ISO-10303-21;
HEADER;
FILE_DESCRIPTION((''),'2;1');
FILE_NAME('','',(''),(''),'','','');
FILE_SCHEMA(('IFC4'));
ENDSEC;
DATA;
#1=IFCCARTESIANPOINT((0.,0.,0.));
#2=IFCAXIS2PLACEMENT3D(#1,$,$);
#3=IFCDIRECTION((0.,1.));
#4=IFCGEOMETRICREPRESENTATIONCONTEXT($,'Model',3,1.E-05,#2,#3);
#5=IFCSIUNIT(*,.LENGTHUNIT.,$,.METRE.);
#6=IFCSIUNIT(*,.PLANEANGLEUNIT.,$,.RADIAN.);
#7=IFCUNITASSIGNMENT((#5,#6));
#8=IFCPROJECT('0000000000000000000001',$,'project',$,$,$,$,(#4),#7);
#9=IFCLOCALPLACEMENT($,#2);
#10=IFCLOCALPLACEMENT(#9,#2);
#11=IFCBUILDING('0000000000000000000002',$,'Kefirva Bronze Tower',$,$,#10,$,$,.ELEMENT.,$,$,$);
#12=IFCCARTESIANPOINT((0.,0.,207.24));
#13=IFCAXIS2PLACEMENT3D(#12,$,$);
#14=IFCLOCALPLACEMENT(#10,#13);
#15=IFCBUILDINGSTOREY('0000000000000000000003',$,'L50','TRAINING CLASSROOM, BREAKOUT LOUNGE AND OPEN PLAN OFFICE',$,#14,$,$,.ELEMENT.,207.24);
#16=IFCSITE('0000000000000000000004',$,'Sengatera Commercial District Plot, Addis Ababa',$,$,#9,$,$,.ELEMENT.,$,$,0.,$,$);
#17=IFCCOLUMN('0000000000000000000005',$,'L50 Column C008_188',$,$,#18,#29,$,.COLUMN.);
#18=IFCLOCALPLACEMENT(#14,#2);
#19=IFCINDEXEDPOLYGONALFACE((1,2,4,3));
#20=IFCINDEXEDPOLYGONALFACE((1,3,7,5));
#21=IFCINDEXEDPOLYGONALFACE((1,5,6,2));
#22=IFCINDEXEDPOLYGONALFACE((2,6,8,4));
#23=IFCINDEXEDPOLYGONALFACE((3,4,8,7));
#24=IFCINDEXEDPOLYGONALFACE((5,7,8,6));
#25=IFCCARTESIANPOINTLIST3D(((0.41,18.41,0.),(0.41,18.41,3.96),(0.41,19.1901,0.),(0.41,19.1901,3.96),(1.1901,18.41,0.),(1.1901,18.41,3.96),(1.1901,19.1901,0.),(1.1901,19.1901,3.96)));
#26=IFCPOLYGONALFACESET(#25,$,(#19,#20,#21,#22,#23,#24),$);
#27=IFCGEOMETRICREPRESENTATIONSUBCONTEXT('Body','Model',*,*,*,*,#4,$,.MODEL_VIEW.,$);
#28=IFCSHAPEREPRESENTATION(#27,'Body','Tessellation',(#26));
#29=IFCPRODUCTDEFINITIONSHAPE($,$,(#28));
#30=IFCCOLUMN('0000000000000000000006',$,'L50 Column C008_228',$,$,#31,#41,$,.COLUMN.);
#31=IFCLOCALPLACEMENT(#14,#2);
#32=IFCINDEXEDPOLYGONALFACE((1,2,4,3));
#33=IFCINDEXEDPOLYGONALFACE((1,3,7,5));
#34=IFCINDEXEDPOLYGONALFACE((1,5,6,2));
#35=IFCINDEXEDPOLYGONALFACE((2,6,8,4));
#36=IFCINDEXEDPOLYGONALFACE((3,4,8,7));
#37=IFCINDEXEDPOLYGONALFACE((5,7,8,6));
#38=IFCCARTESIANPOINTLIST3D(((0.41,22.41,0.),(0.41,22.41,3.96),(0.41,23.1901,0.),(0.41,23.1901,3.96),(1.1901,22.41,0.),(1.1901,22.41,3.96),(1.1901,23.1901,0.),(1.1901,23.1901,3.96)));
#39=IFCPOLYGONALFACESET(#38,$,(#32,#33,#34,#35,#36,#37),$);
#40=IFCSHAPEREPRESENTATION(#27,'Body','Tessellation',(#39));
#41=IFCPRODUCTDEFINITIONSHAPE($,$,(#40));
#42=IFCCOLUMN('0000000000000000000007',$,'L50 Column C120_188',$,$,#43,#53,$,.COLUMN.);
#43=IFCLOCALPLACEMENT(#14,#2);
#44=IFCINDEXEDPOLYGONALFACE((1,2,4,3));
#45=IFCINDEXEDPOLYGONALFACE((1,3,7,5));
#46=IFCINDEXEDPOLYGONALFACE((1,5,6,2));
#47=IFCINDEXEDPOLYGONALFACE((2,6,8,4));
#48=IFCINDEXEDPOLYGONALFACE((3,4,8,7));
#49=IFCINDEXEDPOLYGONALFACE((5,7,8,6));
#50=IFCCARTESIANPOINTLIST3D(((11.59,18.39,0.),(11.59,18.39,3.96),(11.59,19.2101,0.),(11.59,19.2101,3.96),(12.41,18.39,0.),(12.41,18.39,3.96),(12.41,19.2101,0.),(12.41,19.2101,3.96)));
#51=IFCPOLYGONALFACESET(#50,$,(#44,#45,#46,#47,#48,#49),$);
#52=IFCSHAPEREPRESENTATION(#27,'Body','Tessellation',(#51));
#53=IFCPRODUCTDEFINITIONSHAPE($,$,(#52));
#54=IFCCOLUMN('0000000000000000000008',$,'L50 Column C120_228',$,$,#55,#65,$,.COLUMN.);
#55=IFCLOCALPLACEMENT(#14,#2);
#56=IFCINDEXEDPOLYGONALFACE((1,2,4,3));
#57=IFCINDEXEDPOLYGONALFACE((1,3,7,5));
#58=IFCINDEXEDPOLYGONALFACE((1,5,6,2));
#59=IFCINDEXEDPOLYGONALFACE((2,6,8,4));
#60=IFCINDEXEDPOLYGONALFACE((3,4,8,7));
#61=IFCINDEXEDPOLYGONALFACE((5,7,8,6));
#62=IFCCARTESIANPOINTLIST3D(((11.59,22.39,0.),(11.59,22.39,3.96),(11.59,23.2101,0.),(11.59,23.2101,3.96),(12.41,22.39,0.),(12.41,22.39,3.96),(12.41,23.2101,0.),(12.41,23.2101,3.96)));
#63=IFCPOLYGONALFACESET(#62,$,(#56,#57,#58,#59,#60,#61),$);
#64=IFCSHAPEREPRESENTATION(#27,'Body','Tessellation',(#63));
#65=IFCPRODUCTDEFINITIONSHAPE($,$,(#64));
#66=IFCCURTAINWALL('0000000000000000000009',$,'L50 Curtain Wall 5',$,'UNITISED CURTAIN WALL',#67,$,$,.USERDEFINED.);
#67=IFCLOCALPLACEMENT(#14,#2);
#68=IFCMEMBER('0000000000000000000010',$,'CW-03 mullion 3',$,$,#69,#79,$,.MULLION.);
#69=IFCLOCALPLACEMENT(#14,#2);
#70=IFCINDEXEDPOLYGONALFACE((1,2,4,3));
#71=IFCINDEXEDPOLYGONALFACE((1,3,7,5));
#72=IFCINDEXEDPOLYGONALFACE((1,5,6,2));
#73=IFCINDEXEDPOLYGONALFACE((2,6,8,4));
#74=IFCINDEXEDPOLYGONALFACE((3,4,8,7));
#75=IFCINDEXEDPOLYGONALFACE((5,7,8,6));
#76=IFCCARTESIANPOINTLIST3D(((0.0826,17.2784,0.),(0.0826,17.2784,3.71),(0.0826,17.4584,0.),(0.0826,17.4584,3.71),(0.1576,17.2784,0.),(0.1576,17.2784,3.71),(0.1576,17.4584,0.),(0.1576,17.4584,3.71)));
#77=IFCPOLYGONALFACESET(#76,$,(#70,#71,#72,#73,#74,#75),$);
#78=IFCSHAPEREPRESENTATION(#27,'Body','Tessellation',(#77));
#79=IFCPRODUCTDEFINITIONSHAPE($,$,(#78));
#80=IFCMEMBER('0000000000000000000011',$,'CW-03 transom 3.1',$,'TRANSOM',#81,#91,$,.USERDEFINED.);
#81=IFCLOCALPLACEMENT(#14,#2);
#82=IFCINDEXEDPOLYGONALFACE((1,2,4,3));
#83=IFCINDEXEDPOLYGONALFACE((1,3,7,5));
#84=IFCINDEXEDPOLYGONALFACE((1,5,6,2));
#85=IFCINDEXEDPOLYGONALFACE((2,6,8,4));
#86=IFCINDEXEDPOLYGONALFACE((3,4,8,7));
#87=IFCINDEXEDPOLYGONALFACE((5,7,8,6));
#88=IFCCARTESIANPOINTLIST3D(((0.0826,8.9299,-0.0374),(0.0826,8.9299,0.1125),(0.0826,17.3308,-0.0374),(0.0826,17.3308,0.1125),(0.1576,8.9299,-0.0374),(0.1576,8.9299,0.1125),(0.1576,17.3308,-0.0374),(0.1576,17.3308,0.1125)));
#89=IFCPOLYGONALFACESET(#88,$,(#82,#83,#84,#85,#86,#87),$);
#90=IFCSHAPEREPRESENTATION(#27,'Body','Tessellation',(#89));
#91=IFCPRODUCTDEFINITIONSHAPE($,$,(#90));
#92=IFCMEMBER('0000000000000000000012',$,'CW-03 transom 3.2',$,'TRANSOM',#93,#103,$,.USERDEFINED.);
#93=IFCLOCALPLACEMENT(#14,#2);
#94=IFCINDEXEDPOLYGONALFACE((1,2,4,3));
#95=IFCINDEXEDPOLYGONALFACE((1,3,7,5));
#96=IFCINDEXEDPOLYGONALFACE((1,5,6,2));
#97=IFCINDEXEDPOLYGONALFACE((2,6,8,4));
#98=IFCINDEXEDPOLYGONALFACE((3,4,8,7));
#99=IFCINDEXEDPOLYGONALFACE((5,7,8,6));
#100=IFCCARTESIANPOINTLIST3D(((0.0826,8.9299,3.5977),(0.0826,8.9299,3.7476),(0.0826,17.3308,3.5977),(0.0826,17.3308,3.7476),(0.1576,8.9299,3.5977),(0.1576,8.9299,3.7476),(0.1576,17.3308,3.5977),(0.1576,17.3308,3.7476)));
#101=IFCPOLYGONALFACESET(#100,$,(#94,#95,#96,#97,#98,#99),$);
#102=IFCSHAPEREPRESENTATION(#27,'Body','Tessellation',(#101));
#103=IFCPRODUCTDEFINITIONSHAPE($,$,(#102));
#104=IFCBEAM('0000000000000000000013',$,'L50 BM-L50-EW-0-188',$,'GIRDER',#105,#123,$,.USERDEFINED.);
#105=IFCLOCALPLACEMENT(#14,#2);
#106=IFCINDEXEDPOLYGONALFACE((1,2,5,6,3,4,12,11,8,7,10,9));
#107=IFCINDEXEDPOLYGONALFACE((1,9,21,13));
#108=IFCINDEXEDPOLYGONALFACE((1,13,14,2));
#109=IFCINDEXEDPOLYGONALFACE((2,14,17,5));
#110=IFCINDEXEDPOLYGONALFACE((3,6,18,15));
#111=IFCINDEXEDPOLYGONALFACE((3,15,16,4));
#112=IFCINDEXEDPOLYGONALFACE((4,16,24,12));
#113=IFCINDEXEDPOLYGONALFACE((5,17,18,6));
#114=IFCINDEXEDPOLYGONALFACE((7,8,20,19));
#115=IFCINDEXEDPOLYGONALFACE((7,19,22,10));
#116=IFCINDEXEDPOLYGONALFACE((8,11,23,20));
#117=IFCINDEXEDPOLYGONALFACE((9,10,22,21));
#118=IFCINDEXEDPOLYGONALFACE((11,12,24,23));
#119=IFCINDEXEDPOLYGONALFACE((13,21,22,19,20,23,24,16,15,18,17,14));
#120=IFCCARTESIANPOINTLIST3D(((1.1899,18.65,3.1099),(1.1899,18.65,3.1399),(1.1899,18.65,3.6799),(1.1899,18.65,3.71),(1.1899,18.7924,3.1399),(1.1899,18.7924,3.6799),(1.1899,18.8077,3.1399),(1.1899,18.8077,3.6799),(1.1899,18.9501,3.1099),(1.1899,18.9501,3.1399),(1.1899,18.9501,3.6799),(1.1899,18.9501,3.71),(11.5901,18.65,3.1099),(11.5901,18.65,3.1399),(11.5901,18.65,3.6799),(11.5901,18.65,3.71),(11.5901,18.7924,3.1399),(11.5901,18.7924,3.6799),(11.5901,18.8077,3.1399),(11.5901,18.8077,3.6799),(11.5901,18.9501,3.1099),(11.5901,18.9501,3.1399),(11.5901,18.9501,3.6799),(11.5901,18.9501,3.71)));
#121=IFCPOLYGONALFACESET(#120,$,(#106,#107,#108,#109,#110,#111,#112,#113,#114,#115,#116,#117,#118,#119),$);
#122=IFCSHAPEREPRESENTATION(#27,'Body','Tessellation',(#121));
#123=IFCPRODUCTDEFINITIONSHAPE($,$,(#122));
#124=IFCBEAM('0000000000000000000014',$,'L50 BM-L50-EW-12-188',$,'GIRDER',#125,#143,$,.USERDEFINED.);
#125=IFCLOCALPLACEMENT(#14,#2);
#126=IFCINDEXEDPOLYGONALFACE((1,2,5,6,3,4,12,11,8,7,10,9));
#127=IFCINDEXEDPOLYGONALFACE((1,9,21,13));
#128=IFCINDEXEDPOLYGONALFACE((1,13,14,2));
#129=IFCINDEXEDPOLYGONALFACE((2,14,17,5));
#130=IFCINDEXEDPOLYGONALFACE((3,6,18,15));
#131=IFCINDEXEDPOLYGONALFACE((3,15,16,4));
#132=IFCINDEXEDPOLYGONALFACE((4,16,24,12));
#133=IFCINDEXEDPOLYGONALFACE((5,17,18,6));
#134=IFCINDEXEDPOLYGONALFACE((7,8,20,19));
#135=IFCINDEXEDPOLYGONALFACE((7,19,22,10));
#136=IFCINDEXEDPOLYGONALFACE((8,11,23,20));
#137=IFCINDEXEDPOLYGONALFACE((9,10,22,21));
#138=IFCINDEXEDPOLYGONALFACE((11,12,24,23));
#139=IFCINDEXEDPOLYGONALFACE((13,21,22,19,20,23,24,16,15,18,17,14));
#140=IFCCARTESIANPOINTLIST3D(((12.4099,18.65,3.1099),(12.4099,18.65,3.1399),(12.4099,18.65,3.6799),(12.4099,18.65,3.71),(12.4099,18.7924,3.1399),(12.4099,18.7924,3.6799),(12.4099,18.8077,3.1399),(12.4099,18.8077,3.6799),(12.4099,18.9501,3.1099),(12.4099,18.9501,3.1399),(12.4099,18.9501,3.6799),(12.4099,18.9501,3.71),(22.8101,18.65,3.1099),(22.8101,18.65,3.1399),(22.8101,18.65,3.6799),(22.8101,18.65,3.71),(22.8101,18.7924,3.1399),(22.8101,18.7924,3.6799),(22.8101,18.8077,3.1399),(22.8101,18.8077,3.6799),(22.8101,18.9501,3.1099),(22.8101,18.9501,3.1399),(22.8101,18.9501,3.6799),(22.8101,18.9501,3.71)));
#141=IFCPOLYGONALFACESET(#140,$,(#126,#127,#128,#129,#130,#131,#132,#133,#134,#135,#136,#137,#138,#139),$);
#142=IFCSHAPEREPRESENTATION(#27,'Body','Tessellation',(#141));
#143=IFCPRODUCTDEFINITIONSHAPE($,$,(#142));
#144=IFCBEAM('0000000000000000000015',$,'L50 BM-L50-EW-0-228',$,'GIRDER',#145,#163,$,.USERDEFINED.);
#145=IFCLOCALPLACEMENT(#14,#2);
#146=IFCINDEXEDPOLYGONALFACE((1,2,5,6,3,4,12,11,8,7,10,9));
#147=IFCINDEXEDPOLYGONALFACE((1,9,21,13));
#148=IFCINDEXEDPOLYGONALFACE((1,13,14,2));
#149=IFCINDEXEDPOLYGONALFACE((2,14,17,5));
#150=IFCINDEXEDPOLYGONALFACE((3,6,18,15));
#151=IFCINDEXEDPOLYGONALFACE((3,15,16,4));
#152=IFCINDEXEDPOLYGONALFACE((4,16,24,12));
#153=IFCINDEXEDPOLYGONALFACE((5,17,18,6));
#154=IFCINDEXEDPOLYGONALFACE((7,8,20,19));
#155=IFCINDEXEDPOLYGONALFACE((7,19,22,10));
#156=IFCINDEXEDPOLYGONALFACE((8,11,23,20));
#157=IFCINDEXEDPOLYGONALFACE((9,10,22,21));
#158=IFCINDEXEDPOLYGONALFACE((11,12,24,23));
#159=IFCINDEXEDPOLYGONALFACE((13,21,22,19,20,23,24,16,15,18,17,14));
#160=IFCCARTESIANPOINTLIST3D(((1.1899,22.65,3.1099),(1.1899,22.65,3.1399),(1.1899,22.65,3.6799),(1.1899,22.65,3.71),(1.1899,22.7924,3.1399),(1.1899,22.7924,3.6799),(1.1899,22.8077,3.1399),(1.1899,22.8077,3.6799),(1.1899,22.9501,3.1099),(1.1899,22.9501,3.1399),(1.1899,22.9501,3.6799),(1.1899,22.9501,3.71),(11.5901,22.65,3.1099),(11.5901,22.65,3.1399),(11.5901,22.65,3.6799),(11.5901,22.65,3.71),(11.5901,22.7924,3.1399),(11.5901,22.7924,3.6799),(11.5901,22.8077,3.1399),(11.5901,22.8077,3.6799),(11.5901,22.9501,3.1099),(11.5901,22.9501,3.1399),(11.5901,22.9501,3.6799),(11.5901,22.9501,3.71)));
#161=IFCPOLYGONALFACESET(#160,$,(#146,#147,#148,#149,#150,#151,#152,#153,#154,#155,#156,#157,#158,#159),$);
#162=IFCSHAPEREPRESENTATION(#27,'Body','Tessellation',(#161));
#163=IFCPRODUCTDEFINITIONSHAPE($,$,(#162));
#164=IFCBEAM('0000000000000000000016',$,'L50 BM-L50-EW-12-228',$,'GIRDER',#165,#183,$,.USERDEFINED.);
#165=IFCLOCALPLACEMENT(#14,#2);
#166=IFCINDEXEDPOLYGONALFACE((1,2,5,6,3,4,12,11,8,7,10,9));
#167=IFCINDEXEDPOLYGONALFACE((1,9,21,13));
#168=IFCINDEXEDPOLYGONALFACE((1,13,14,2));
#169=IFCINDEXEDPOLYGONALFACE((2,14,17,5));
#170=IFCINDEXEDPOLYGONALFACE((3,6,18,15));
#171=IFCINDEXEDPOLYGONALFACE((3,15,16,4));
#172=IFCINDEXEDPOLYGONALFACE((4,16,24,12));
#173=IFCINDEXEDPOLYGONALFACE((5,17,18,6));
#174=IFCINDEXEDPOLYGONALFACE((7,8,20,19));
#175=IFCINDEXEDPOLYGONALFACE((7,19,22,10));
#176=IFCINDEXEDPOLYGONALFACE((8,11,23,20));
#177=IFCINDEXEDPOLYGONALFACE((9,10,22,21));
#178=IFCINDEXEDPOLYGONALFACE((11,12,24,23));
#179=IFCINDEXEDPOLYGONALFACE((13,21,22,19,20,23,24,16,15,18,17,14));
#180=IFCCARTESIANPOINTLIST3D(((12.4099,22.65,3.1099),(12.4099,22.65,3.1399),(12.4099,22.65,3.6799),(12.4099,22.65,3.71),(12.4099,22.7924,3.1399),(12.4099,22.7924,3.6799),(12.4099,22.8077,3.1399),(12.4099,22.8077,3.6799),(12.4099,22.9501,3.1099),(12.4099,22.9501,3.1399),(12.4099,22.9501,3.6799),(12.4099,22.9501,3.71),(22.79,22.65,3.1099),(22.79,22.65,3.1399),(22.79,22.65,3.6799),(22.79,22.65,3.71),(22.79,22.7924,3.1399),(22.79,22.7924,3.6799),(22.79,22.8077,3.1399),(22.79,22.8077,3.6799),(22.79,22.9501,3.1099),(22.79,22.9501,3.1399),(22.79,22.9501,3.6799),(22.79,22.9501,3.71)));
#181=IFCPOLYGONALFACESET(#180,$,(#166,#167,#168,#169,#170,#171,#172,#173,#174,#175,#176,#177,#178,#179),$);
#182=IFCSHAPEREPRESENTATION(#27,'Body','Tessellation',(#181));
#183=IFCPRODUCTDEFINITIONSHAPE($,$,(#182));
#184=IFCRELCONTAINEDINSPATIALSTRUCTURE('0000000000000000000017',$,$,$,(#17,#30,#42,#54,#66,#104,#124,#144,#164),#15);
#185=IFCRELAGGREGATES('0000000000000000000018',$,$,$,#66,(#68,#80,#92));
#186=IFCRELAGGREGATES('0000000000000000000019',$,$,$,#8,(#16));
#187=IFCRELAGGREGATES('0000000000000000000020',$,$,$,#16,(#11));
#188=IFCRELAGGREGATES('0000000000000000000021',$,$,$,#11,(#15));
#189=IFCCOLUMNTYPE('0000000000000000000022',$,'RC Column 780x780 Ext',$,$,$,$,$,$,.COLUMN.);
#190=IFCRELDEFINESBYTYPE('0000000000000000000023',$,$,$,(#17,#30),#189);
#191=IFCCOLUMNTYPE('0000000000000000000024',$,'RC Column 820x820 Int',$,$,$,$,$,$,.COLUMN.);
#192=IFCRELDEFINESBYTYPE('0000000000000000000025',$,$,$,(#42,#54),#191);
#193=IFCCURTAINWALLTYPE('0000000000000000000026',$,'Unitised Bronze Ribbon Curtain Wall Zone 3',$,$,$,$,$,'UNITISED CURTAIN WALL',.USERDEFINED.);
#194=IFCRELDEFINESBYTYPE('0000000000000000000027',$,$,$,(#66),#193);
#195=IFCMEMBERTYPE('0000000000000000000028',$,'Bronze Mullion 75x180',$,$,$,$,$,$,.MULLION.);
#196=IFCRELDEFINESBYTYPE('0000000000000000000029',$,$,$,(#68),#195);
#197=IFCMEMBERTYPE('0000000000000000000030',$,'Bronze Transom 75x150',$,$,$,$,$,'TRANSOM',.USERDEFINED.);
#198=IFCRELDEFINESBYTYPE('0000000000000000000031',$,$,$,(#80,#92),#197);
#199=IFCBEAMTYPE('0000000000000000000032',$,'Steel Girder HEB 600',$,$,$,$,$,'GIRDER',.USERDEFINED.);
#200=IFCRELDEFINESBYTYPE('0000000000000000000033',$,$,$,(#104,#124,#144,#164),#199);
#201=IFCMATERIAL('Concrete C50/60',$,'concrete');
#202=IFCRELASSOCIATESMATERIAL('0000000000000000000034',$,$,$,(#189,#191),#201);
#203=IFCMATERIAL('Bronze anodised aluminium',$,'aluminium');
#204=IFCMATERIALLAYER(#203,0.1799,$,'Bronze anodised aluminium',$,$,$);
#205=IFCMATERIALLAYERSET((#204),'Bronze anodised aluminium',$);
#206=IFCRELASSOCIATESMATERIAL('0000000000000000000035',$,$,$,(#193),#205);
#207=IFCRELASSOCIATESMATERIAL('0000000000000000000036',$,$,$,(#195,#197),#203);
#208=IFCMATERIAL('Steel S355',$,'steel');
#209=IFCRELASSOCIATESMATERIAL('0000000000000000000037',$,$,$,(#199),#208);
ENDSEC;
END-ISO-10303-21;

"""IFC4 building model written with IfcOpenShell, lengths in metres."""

from ifc_helpers import new_model, si_unit, direction, frame, origin, origin_2d, place, context, subcontext, project, spatial, rectangle, i_section, extrude, material, layer, layer_set, material_profile, profile_set, type_object, element, aggregate, save


model = new_model("IFC4")

# Units and contexts
model_context = context("Model", 3, precision=1e-05, world=origin(), true_north=direction((0.0, 1.0)))
body_context = subcontext(model_context, "Body", "Model", "MODEL_VIEW")
ifc_project = project(units=[si_unit("LENGTHUNIT", "METRE"), si_unit("PLANEANGLEUNIT", "RADIAN")], contexts=[model_context])

# Site, building, storey
site_placement = place(None, origin())
site = spatial("IfcSite", under=ifc_project, at=site_placement, Name="Sengatera Commercial District Plot, Addis Ababa", CompositionType="ELEMENT", RefElevation=0.0)
building_placement = place(site_placement, origin())
building = spatial("IfcBuilding", under=site, at=building_placement, Name="Kefirva Bronze Tower", CompositionType="ELEMENT")
storey_placement = place(building_placement, frame((0.0, 0.0, 207.24)))
storey = spatial("IfcBuildingStorey", under=building, at=storey_placement, Name="L50", Description="TRAINING CLASSROOM, BREAKOUT LOUNGE AND OPEN PLAN OFFICE", CompositionType="ELEMENT", Elevation=207.24)

# Columns
ifc_material_1 = material(Name="Concrete C50/60", Category="concrete")
ifc_material_profile_1 = material_profile(ifc_material_1, rectangle(XDim=0.78, YDim=0.78, at=origin_2d()), Name="RC 780x780")
ifc_profile_set_1 = profile_set([ifc_material_profile_1], Name="Concrete C50/60")
column_type_1 = type_object("IfcColumnType", Name="RC Column 780x780 Ext", PredefinedType="COLUMN", material=ifc_profile_set_1)
for number, where, z_axis, x_axis, name in (
    (1, (0.8, 18.8, 0.0), (0.0, 0.0, 1.0), (1.0, 0.0, 0.0), "L50 Column C008_188"),
    (2, (0.8, 22.8, 0.0), (0.0, 0.0, 1.0), (1.0, 0.0, 0.0), "L50 Column C008_228"),
):
    element("IfcColumn", number, at=place(storey_placement, frame(where, z_axis=z_axis, x_axis=x_axis)), inside=storey, type_object=column_type_1, Name=name, PredefinedType="COLUMN", context=body_context, shape_type="SweptSolid", body=[
        extrude(rectangle(XDim=0.78, YDim=0.78, at=origin_2d()), origin(), (0.0, 0.0, 1.0), 3.96),
    ])
ifc_material_profile_2 = material_profile(ifc_material_1, rectangle(XDim=0.8201, YDim=0.8201, at=origin_2d()), Name="RC 820x820")
ifc_profile_set_2 = profile_set([ifc_material_profile_2], Name="Concrete C50/60")
column_type_2 = type_object("IfcColumnType", Name="RC Column 820x820 Int", PredefinedType="COLUMN", material=ifc_profile_set_2)
for number, where, z_axis, x_axis, name in (
    (3, (12.0, 18.8, 0.0), (0.0, 0.0, 1.0), (1.0, 0.0, 0.0), "L50 Column C120_188"),
    (4, (12.0, 22.8, 0.0), (0.0, 0.0, 1.0), (1.0, 0.0, 0.0), "L50 Column C120_228"),
):
    element("IfcColumn", number, at=place(storey_placement, frame(where, z_axis=z_axis, x_axis=x_axis)), inside=storey, type_object=column_type_2, Name=name, PredefinedType="COLUMN", context=body_context, shape_type="SweptSolid", body=[
        extrude(rectangle(XDim=0.8201, YDim=0.8201, at=origin_2d()), origin(), (0.0, 0.0, 1.0), 3.96),
    ])

# Curtain wall, members
ifc_material_2 = material(Name="Bronze anodised aluminium", Category="aluminium")
ifc_layer_1 = layer(ifc_material_2, 0.1799, Name="Bronze anodised aluminium")
ifc_layer_set_1 = layer_set([ifc_layer_1], Name="Bronze anodised aluminium")
curtain_wall_type = type_object("IfcCurtainWallType", Name="Unitised Bronze Ribbon Curtain Wall Zone 3", ElementType="UNITISED CURTAIN WALL", PredefinedType="USERDEFINED", material=ifc_layer_set_1)
curtain_wall_placement = place(storey_placement, origin())
curtain_wall = element("IfcCurtainWall", 5, at=curtain_wall_placement, inside=storey, type_object=curtain_wall_type, Name="L50 Curtain Wall 5", ObjectType="UNITISED CURTAIN WALL", PredefinedType="USERDEFINED")
ifc_material_profile_3 = material_profile(ifc_material_2, rectangle(XDim=0.075, YDim=0.1799, at=origin_2d()), Name="ALU 75x180")
ifc_profile_set_3 = profile_set([ifc_material_profile_3], Name="Bronze anodised aluminium")
member_type_1 = type_object("IfcMemberType", Name="Bronze Mullion 75x180", PredefinedType="MULLION", material=ifc_profile_set_3)
member_1_placement = place(storey_placement, frame((0.1201, 17.3684, 0.0), z_axis=(0.0, 0.0, 1.0), x_axis=(1.0, 0.0, 0.0)))
member_1 = element("IfcMember", 6, at=member_1_placement, type_object=member_type_1, Name="CW-03 mullion 3", PredefinedType="MULLION", context=body_context, shape_type="SweptSolid", body=[
    extrude(rectangle(XDim=0.075, YDim=0.1799, at=origin_2d()), origin(), (0.0, 0.0, 1.0), 3.71),
])
ifc_material_profile_4 = material_profile(ifc_material_2, rectangle(XDim=0.075, YDim=0.1499, at=origin_2d()), Name="ALU 75x150")
ifc_profile_set_4 = profile_set([ifc_material_profile_4], Name="Bronze anodised aluminium")
member_type_2 = type_object("IfcMemberType", Name="Bronze Transom 75x150", ElementType="TRANSOM", PredefinedType="USERDEFINED", material=ifc_profile_set_4)
member_2_placement = place(storey_placement, frame((0.1201, 17.3308, 0.0376), z_axis=(0.0, -1.0, 0.0), x_axis=(1.0, 0.0, 0.0)))
member_2 = element("IfcMember", 7, at=member_2_placement, type_object=member_type_2, Name="CW-03 transom 3.1", ObjectType="TRANSOM", PredefinedType="USERDEFINED", context=body_context, shape_type="SweptSolid", body=[
    extrude(rectangle(XDim=0.075, YDim=0.1499, at=origin_2d()), origin(), (0.0, 0.0, 1.0), 8.4009),
])
member_3_placement = place(storey_placement, frame((0.1201, 17.3308, 3.6726), z_axis=(0.0, -1.0, 0.0), x_axis=(1.0, 0.0, 0.0)))
member_3 = element("IfcMember", 8, at=member_3_placement, type_object=member_type_2, Name="CW-03 transom 3.2", ObjectType="TRANSOM", PredefinedType="USERDEFINED", context=body_context, shape_type="SweptSolid", body=[
    extrude(rectangle(XDim=0.075, YDim=0.1499, at=origin_2d()), origin(), (0.0, 0.0, 1.0), 8.4009),
])

# Beams
ifc_material_3 = material(Name="Steel S355", Category="steel")
ifc_material_profile_5 = material_profile(ifc_material_3, i_section(OverallWidth=0.3, OverallDepth=0.6001, WebThickness=0.0154, FlangeThickness=0.03, at=origin_2d()), Name="HEB 600")
ifc_profile_set_5 = profile_set([ifc_material_profile_5], Name="Steel S355")
beam_type_1 = type_object("IfcBeamType", Name="Steel Girder HEB 600", ElementType="GIRDER", PredefinedType="USERDEFINED", material=ifc_profile_set_5)
for number, where, z_axis, x_axis, name in (
    (9, (1.1899, 18.8, 3.4099), (1.0, 0.0, 0.0), (0.0, 1.0, 0.0), "L50 BM-L50-EW-0-188"),
    (10, (12.4099, 18.8, 3.4099), (1.0, 0.0, 0.0), (0.0, 1.0, 0.0), "L50 BM-L50-EW-12-188"),
    (11, (1.1899, 22.8, 3.4099), (1.0, 0.0, 0.0), (0.0, 1.0, 0.0), "L50 BM-L50-EW-0-228"),
):
    element("IfcBeam", number, at=place(storey_placement, frame(where, z_axis=z_axis, x_axis=x_axis)), inside=storey, type_object=beam_type_1, Name=name, ObjectType="GIRDER", PredefinedType="USERDEFINED", context=body_context, shape_type="SweptSolid", body=[
        extrude(i_section(OverallWidth=0.3, OverallDepth=0.6001, WebThickness=0.0154, FlangeThickness=0.03, at=origin_2d()), origin(), (0.0, 0.0, 1.0), 10.4001),
    ])
beam_1_placement = place(storey_placement, frame((12.4099, 22.8, 3.4099), z_axis=(1.0, 0.0, 0.0), x_axis=(0.0, 1.0, 0.0)))
element("IfcBeam", 12, at=beam_1_placement, inside=storey, type_object=beam_type_1, Name="L50 BM-L50-EW-12-228", ObjectType="GIRDER", PredefinedType="USERDEFINED", context=body_context, shape_type="SweptSolid", body=[
    extrude(i_section(OverallWidth=0.3, OverallDepth=0.6001, WebThickness=0.0154, FlangeThickness=0.03, at=origin_2d()), origin(), (0.0, 0.0, 1.0), 10.3801),
])

aggregate(curtain_wall, [member_1, member_2, member_3])

save(model, "model.ifc")
